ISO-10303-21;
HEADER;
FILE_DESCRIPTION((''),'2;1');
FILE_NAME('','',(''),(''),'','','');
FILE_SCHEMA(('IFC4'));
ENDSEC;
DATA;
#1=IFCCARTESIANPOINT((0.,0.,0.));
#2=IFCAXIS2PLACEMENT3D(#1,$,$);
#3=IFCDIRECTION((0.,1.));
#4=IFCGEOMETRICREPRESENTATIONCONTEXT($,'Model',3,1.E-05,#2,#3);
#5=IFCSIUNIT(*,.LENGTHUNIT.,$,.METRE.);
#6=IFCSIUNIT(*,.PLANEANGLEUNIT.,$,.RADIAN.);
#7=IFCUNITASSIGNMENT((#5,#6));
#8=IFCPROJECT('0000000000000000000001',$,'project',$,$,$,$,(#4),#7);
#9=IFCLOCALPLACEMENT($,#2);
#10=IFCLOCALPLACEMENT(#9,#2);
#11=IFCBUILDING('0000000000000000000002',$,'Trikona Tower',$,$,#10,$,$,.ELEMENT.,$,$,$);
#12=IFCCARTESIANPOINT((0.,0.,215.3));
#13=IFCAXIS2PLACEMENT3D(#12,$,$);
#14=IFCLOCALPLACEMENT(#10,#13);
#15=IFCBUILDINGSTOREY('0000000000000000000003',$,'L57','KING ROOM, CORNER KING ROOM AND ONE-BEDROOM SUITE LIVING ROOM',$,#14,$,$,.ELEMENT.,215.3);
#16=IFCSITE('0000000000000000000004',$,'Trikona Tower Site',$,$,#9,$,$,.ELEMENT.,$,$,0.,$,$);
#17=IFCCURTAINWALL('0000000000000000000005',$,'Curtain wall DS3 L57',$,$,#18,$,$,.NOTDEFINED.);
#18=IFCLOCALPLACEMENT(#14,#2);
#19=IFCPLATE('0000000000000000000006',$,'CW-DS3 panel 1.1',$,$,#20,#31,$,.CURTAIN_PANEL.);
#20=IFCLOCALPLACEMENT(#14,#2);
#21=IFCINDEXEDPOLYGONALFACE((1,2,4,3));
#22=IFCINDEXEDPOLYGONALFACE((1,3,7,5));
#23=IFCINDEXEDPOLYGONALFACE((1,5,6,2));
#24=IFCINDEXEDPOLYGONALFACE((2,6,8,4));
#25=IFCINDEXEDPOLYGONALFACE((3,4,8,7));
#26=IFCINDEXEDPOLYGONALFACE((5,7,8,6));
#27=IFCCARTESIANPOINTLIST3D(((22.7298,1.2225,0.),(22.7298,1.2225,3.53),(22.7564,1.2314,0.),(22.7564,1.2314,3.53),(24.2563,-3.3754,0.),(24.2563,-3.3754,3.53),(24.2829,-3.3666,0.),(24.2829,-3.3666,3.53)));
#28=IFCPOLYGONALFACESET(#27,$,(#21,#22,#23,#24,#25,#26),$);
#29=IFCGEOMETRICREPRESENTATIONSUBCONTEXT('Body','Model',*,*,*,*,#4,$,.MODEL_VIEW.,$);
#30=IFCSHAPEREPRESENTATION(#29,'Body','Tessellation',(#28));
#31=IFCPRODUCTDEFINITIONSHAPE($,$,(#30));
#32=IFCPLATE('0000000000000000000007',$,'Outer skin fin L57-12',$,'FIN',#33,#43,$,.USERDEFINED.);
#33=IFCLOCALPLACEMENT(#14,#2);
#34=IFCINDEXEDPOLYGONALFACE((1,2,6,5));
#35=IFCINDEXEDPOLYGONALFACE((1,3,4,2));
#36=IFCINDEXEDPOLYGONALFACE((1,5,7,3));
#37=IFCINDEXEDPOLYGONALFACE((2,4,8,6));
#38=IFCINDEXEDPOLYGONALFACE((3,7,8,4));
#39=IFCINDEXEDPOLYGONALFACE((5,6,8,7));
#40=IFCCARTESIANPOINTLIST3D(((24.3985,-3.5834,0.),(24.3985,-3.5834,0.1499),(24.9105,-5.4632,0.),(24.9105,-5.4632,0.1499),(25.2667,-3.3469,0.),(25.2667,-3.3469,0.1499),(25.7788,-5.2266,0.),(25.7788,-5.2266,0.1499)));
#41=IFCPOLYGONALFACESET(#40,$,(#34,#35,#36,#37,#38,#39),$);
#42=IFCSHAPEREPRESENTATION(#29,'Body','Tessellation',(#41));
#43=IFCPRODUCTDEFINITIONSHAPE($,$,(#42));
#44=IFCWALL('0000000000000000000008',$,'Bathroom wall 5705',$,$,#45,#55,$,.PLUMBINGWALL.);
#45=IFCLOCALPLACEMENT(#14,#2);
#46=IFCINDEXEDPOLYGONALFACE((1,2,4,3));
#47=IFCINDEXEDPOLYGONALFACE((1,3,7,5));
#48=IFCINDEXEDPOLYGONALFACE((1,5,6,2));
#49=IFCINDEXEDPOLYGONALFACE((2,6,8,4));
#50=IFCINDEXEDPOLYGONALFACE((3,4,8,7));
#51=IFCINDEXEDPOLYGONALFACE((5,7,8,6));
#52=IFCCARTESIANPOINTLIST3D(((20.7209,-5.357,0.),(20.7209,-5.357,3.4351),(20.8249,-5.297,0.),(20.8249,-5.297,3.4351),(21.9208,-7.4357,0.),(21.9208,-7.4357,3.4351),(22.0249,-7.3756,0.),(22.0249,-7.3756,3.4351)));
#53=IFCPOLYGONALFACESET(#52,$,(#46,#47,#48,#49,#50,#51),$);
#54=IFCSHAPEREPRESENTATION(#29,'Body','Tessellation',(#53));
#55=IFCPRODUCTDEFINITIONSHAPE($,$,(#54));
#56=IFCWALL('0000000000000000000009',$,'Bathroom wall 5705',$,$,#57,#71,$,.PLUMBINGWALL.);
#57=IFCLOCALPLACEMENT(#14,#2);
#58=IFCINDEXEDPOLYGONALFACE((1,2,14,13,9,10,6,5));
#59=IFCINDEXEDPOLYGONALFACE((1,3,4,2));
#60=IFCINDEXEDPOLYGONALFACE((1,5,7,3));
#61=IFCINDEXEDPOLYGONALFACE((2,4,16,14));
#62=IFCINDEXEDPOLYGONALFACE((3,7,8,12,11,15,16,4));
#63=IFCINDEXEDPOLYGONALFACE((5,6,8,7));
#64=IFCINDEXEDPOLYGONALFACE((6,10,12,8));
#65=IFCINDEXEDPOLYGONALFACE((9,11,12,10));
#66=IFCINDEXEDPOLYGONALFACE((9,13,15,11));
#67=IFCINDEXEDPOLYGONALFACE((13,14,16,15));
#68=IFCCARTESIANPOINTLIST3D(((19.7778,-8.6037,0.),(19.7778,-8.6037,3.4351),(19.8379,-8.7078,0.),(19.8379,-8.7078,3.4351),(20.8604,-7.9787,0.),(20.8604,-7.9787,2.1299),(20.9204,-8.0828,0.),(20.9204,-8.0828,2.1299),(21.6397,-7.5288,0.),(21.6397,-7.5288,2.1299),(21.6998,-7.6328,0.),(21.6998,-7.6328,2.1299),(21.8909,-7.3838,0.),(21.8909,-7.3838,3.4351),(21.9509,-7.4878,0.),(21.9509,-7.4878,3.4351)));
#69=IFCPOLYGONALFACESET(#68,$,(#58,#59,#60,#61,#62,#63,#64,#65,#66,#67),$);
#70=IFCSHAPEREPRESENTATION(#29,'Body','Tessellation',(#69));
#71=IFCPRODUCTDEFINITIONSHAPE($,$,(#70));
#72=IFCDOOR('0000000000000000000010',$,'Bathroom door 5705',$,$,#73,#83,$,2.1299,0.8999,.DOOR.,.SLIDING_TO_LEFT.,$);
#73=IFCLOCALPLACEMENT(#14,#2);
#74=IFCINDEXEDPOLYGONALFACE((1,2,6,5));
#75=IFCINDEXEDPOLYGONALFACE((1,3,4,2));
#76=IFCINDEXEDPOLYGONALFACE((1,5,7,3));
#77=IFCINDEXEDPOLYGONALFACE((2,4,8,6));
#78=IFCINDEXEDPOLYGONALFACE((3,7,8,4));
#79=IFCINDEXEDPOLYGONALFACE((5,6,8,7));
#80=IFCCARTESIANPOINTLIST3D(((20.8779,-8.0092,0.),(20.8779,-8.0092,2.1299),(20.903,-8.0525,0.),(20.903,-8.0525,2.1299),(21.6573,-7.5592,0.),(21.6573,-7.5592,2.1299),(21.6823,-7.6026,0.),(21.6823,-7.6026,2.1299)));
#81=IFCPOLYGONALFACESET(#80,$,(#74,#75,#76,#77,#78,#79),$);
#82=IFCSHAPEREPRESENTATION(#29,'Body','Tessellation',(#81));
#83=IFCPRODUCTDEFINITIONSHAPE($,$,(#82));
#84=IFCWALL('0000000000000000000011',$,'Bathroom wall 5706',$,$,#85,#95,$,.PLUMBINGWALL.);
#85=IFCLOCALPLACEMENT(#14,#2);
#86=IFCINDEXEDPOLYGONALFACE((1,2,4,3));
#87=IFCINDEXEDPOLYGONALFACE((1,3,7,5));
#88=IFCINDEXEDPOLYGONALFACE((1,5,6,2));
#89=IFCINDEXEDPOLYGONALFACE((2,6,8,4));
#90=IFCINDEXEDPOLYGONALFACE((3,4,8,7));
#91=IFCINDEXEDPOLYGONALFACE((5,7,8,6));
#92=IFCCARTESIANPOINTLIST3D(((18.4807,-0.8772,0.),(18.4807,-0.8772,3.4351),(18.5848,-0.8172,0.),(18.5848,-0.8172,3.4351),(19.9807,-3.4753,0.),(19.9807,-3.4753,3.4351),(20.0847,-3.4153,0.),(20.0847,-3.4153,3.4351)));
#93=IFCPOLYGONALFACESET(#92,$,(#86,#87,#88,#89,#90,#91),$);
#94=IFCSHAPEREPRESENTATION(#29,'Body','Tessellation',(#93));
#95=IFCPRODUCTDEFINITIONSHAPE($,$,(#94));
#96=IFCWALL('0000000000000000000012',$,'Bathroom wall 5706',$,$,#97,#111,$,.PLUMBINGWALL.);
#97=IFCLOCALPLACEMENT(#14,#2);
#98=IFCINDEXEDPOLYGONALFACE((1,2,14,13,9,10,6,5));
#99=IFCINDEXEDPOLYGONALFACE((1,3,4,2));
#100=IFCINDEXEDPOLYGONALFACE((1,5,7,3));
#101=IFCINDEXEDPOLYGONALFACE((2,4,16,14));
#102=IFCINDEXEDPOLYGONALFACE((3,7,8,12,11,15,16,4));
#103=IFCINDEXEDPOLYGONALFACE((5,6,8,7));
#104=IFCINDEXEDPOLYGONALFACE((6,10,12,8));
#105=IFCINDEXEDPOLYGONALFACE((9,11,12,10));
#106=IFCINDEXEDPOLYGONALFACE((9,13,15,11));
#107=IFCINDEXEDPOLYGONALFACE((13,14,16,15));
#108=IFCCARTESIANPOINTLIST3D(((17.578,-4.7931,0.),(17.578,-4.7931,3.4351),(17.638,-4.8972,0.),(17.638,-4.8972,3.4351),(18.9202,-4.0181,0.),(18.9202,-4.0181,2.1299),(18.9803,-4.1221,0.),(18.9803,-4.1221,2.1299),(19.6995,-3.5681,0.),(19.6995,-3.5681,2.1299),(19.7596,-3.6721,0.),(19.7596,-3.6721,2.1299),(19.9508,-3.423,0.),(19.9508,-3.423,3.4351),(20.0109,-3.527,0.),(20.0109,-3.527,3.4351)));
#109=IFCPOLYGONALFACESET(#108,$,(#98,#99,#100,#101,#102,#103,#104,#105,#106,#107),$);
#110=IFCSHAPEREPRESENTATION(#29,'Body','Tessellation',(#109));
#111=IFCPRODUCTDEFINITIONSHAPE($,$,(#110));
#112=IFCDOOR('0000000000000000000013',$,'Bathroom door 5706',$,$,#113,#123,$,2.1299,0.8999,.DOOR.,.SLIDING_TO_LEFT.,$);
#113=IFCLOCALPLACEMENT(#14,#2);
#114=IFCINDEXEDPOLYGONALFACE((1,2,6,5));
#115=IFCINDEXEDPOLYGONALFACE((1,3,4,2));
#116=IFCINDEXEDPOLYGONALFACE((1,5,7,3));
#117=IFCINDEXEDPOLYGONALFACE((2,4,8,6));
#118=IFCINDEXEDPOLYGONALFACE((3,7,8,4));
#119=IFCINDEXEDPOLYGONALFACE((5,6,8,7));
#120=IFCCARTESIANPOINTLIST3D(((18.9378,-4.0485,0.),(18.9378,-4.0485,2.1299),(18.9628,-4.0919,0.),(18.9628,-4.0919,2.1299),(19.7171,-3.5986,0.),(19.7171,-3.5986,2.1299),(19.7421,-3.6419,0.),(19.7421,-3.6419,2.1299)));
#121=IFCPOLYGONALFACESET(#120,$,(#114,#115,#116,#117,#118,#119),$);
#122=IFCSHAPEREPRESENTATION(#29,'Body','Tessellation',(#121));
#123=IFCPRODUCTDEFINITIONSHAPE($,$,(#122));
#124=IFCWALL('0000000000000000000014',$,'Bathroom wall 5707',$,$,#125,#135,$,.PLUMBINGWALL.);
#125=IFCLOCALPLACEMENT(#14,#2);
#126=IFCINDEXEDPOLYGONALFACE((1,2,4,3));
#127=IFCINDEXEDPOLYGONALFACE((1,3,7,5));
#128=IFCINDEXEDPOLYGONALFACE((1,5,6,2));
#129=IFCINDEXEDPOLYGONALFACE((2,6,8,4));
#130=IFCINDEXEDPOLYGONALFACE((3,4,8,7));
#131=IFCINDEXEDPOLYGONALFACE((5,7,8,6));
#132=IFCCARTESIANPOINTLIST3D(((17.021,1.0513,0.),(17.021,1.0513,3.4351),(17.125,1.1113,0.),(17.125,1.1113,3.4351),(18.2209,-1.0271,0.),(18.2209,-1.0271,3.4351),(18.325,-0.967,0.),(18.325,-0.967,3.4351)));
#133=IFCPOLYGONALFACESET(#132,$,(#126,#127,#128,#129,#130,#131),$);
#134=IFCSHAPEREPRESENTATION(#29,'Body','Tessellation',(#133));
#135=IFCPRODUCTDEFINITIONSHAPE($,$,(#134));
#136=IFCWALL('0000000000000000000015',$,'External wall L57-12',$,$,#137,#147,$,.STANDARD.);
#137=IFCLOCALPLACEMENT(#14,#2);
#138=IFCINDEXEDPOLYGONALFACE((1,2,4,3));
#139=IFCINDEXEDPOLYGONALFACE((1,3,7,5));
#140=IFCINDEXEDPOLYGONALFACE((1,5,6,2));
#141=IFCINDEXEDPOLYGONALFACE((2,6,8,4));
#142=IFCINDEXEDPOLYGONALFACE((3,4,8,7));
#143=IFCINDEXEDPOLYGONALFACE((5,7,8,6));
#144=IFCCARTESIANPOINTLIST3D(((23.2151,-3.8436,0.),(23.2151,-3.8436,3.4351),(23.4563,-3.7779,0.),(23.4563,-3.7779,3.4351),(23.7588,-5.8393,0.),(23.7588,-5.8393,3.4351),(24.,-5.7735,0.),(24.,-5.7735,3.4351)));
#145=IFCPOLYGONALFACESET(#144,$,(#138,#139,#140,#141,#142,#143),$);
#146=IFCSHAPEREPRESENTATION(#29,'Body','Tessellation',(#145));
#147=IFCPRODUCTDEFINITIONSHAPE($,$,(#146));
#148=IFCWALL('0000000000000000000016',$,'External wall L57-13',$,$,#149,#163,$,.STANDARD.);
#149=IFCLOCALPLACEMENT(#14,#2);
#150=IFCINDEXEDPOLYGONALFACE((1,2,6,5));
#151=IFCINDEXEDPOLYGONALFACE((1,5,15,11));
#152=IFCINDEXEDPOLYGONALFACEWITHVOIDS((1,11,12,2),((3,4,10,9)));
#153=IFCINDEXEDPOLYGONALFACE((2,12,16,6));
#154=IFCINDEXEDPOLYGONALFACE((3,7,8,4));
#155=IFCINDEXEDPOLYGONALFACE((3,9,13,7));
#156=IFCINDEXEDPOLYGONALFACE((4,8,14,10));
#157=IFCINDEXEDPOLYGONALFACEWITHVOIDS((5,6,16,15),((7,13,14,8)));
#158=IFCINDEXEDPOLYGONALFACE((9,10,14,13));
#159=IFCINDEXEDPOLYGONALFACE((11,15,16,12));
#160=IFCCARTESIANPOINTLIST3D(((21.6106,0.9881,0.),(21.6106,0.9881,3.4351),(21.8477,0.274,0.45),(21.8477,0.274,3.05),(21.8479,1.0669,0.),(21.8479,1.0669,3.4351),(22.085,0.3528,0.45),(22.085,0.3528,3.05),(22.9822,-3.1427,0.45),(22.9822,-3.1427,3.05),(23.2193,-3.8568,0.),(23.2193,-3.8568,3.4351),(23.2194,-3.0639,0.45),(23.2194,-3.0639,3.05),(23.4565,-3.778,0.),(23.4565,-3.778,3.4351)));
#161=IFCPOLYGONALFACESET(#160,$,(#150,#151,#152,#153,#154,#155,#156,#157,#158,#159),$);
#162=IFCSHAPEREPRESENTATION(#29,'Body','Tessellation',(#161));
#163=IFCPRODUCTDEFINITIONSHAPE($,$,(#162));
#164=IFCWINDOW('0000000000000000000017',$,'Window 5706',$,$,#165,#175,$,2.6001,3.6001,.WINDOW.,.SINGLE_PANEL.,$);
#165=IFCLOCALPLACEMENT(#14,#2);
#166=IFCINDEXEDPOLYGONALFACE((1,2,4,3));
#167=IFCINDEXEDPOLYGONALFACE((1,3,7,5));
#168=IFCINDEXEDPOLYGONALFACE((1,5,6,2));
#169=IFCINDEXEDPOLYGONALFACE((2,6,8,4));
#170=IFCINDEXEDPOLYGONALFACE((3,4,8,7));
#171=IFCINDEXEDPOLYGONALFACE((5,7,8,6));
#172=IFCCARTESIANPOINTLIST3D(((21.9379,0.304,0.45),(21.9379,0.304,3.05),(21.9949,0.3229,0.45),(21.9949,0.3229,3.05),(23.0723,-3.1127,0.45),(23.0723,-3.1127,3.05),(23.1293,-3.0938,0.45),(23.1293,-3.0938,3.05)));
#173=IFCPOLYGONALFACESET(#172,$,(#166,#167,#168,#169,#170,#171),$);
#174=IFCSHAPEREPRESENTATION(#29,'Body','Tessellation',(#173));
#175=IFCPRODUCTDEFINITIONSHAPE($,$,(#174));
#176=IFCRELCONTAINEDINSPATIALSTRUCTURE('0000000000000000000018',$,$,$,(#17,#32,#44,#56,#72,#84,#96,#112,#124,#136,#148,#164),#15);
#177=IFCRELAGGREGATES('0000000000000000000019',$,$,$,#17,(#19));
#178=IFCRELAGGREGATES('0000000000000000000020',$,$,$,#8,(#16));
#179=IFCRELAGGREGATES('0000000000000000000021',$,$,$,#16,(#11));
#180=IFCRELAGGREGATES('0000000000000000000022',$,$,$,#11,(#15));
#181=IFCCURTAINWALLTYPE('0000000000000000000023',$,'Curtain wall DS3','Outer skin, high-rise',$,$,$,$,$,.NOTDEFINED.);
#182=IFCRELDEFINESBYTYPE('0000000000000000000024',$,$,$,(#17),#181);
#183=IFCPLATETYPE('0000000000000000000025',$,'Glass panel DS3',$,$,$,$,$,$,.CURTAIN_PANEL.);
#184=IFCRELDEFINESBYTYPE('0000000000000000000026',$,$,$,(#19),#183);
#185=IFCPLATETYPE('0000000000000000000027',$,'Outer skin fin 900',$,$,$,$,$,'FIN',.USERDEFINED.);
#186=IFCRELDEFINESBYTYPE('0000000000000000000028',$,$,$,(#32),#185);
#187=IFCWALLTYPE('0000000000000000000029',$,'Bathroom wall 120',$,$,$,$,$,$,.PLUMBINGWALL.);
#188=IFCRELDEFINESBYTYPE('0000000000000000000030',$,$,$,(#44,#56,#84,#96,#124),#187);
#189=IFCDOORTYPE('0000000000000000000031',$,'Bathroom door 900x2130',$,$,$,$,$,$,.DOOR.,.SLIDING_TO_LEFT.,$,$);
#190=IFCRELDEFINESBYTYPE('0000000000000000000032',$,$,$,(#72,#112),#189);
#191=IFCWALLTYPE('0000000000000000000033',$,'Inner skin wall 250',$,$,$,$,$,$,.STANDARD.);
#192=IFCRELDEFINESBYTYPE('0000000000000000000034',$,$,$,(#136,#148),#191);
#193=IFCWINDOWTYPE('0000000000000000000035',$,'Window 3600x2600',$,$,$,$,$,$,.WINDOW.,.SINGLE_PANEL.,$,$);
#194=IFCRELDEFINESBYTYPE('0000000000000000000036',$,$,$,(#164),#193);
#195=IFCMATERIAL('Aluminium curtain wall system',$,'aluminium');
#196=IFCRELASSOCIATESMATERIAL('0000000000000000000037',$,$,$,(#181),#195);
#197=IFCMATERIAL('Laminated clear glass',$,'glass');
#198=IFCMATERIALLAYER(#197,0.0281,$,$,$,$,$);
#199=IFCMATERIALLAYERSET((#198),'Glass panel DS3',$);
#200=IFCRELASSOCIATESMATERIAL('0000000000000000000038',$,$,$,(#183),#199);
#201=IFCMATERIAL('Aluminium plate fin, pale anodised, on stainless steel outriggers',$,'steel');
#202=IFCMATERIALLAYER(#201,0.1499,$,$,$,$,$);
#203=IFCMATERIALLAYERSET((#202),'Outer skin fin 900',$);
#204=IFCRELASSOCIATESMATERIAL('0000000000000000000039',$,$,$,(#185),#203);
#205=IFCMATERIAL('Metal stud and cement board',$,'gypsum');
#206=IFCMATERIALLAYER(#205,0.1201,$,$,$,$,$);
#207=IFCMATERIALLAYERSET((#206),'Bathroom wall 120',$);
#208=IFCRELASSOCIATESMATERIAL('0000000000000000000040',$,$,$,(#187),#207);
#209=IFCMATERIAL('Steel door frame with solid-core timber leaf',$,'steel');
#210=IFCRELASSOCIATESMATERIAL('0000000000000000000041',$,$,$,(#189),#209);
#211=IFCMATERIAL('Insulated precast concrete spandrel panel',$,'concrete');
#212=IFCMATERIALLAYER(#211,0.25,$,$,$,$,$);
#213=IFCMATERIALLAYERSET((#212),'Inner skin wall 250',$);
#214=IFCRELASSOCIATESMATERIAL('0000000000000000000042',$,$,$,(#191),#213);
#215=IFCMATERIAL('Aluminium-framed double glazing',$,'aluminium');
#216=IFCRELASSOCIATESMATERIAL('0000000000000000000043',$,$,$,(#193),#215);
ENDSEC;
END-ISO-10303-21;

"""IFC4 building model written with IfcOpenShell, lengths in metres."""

from ifc_helpers import new_model, si_unit, direction, frame, frame_2d, origin, origin_2d, place, context, subcontext, project, spatial, rectangle, extrude, material, layer, layer_set, type_object, element, fill, aggregate, save


model = new_model("IFC4")

# Units and contexts
model_context = context("Model", 3, precision=1e-05, world=origin(), true_north=direction((0.0, 1.0)))
body_context = subcontext(model_context, "Body", "Model", "MODEL_VIEW")
ifc_project = project(units=[si_unit("LENGTHUNIT", "METRE"), si_unit("PLANEANGLEUNIT", "RADIAN")], contexts=[model_context])

# Site, building, storey
site_placement = place(None, origin())
site = spatial("IfcSite", under=ifc_project, at=site_placement, Name="Trikona Tower Site", CompositionType="ELEMENT", RefElevation=0.0)
building_placement = place(site_placement, origin())
building = spatial("IfcBuilding", under=site, at=building_placement, Name="Trikona Tower", CompositionType="ELEMENT")
storey_placement = place(building_placement, frame((0.0, 0.0, 215.3)))
storey = spatial("IfcBuildingStorey", under=building, at=storey_placement, Name="L57", Description="KING ROOM, CORNER KING ROOM AND ONE-BEDROOM SUITE LIVING ROOM", CompositionType="ELEMENT", Elevation=215.3)

# Shared definitions
ifc_material_1 = material(Name="Aluminium curtain wall system", Category="aluminium")
curtain_wall_type = type_object("IfcCurtainWallType", Name="Curtain wall DS3", Description="Outer skin, high-rise", PredefinedType="NOTDEFINED", material=ifc_material_1)

# Curtain wall
curtain_wall_1_placement = place(storey_placement, origin())
curtain_wall_1 = element("IfcCurtainWall", 1, at=curtain_wall_1_placement, inside=storey, type_object=curtain_wall_type, Name="Curtain wall DS3 L57", PredefinedType="NOTDEFINED")

# Plates
ifc_material_2 = material(Name="Laminated clear glass", Category="glass")
ifc_layer_1 = layer(ifc_material_2, 0.0281)
ifc_layer_set_1 = layer_set([ifc_layer_1], Name="Glass panel DS3")
plate_type_1 = type_object("IfcPlateType", Name="Glass panel DS3", PredefinedType="CURTAIN_PANEL", material=ifc_layer_set_1)
plate_1_placement = place(storey_placement, frame((23.5063, -1.072, 0.0), z_axis=(0.0, 0.0, 1.0), x_axis=(-0.315078, 0.949066, 0.0)))
plate_1 = element("IfcPlate", 2, at=plate_1_placement, type_object=plate_type_1, Name="CW-DS3 panel 1.1", PredefinedType="CURTAIN_PANEL", context=body_context, shape_type="SweptSolid", body=[
    extrude(rectangle(XDim=4.8447, YDim=0.0281, at=origin_2d()), origin(), (0.0, 0.0, 1.0), 3.53),
])
aggregate(curtain_wall_1, [plate_1])
ifc_material_3 = material(Name="Aluminium plate fin, pale anodised, on stainless steel outriggers", Category="steel")
ifc_layer_2 = layer(ifc_material_3, 0.1499)
ifc_layer_set_2 = layer_set([ifc_layer_2], Name="Outer skin fin 900")
plate_type_2 = type_object("IfcPlateType", Name="Outer skin fin 900", ElementType="FIN", PredefinedType="USERDEFINED", material=ifc_layer_set_2)
plate_2_placement = place(storey_placement, frame((25.0886, -4.405, 0.0), z_axis=(0.0, 0.0, 1.0), x_axis=(-0.262822, 0.964844, 0.0)))
element("IfcPlate", 3, at=plate_2_placement, inside=storey, type_object=plate_type_2, Name="Outer skin fin L57-12", ObjectType="FIN", PredefinedType="USERDEFINED", context=body_context, shape_type="SweptSolid", body=[
    extrude(rectangle(XDim=1.9482, YDim=0.8999, at=origin_2d()), origin(), (0.0, 0.0, 1.0), 0.1499),
])

# Wall
ifc_material_4 = material(Name="Metal stud and cement board", Category="gypsum")
ifc_layer_3 = layer(ifc_material_4, 0.1201)
ifc_layer_set_3 = layer_set([ifc_layer_3], Name="Bathroom wall 120")
wall_type_1 = type_object("IfcWallType", Name="Bathroom wall 120", PredefinedType="PLUMBINGWALL", material=ifc_layer_set_3)
wall_1_placement = place(storey_placement, frame((21.9729, -7.4058, 0.0), z_axis=(0.0, 0.0, 1.0), x_axis=(-0.499957, 0.86605, 0.0)))
element("IfcWall", 4, at=wall_1_placement, inside=storey, type_object=wall_type_1, Name="Bathroom wall 5705", PredefinedType="PLUMBINGWALL", context=body_context, shape_type="SweptSolid", body=[
    extrude(rectangle(XDim=2.4001, YDim=0.1201, at=frame_2d((1.2002, 0.0))), origin(), (0.0, 0.0, 1.0), 3.4351),
])

# Wall, opening, door
wall_2_placement = place(storey_placement, frame((19.8079, -8.6558, 0.0), z_axis=(0.0, 0.0, 1.0), x_axis=(0.866024, 0.500003, 0.0)))
wall_2 = element("IfcWall", 5, at=wall_2_placement, inside=storey, type_object=wall_type_1, Name="Bathroom wall 5705", PredefinedType="PLUMBINGWALL", context=body_context, shape_type="SweptSolid", body=[
    extrude(rectangle(XDim=2.4399, YDim=0.1201, at=frame_2d((1.22, 0.0))), origin(), (0.0, 0.0, 1.0), 3.4351),
])
opening_1_placement = place(wall_2_placement, frame((1.25, 0.0, 0.0)))
opening_1 = element("IfcOpeningElement", 6, at=opening_1_placement, cuts=wall_2, PredefinedType="OPENING", context=body_context, shape_type="SweptSolid", body=[
    extrude(rectangle(XDim=0.8999, YDim=2.1299, at=frame_2d((0.45, 1.0649))), frame((0.0, 0.0701, 0.0), z_axis=(0.0, -1.0, 0.0), x_axis=(1.0, 0.0, 0.0)), (0.0, 0.0, 1.0), 0.1401),
])
ifc_material_5 = material(Name="Steel door frame with solid-core timber leaf", Category="steel")
door_type = type_object("IfcDoorType", Name="Bathroom door 900x2130", OperationType="SLIDING_TO_LEFT", PredefinedType="DOOR", material=ifc_material_5)
door_1_placement = place(opening_1_placement, origin())
door_1 = element("IfcDoor", 7, at=door_1_placement, inside=storey, type_object=door_type, Name="Bathroom door 5705", OperationType="SLIDING_TO_LEFT", OverallHeight=2.1299, OverallWidth=0.8999, PredefinedType="DOOR", context=body_context, shape_type="SweptSolid", body=[
    extrude(rectangle(XDim=0.8999, YDim=2.1299, at=frame_2d((0.45, 1.0649))), frame((0.0, 0.0249, 0.0), z_axis=(0.0, -1.0, 0.0), x_axis=(1.0, 0.0, 0.0)), (0.0, 0.0, 1.0), 0.05),
])
fill(opening_1, door_1)

# Wall
wall_3_placement = place(storey_placement, frame((20.0327, -3.4453, 0.0), z_axis=(0.0, 0.0, 1.0), x_axis=(-0.49999, 0.866031, 0.0)))
element("IfcWall", 8, at=wall_3_placement, inside=storey, type_object=wall_type_1, Name="Bathroom wall 5706", PredefinedType="PLUMBINGWALL", context=body_context, shape_type="SweptSolid", body=[
    extrude(rectangle(XDim=3.0, YDim=0.1201, at=frame_2d((1.5, 0.0))), origin(), (0.0, 0.0, 1.0), 3.4351),
])

# Wall, opening, door
wall_4_placement = place(storey_placement, frame((17.6079, -4.8452, 0.0), z_axis=(0.0, 0.0, 1.0), x_axis=(0.865997, 0.500049, 0.0)))
wall_4 = element("IfcWall", 9, at=wall_4_placement, inside=storey, type_object=wall_type_1, Name="Bathroom wall 5706", PredefinedType="PLUMBINGWALL", context=body_context, shape_type="SweptSolid", body=[
    extrude(rectangle(XDim=2.74, YDim=0.1201, at=frame_2d((1.3701, 0.0))), origin(), (0.0, 0.0, 1.0), 3.4351),
])
opening_2_placement = place(wall_4_placement, frame((1.55, 0.0, 0.0)))
opening_2 = element("IfcOpeningElement", 10, at=opening_2_placement, cuts=wall_4, PredefinedType="OPENING", context=body_context, shape_type="SweptSolid", body=[
    extrude(rectangle(XDim=0.8999, YDim=2.1299, at=frame_2d((0.45, 1.0649))), frame((0.0, 0.0701, 0.0), z_axis=(0.0, -1.0, 0.0), x_axis=(1.0, 0.0, 0.0)), (0.0, 0.0, 1.0), 0.1401),
])
door_2_placement = place(opening_2_placement, origin())
door_2 = element("IfcDoor", 11, at=door_2_placement, inside=storey, type_object=door_type, Name="Bathroom door 5706", OperationType="SLIDING_TO_LEFT", OverallHeight=2.1299, OverallWidth=0.8999, PredefinedType="DOOR", context=body_context, shape_type="SweptSolid", body=[
    extrude(rectangle(XDim=0.8999, YDim=2.1299, at=frame_2d((0.45, 1.0649))), frame((0.0, 0.0249, 0.0), z_axis=(0.0, -1.0, 0.0), x_axis=(1.0, 0.0, 0.0)), (0.0, 0.0, 1.0), 0.05),
])
fill(opening_2, door_2)

# Walls
wall_5_placement = place(storey_placement, frame((18.2729, -0.9971, 0.0), z_axis=(0.0, 0.0, 1.0), x_axis=(-0.500001, 0.866025, 0.0)))
element("IfcWall", 12, at=wall_5_placement, inside=storey, type_object=wall_type_1, Name="Bathroom wall 5707", PredefinedType="PLUMBINGWALL", context=body_context, shape_type="SweptSolid", body=[
    extrude(rectangle(XDim=2.3999, YDim=0.1201, at=frame_2d((1.2, 0.0))), origin(), (0.0, 0.0, 1.0), 3.4351),
])
ifc_material_6 = material(Name="Insulated precast concrete spandrel panel", Category="concrete")
ifc_layer_4 = layer(ifc_material_6, 0.25)
ifc_layer_set_4 = layer_set([ifc_layer_4], Name="Inner skin wall 250")
wall_type_2 = type_object("IfcWallType", Name="Inner skin wall 250", PredefinedType="STANDARD", material=ifc_layer_set_4)
wall_6_placement = place(storey_placement, frame((23.8794, -5.8064, 0.0), z_axis=(0.0, 0.0, 1.0), x_axis=(-0.262868, 0.964832, 0.0)))
element("IfcWall", 13, at=wall_6_placement, inside=storey, type_object=wall_type_2, Name="External wall L57-12", PredefinedType="STANDARD", context=body_context, shape_type="SweptSolid", body=[
    extrude(rectangle(XDim=2.0684, YDim=0.25, at=frame_2d((1.0342, 0.0))), origin(), (0.0, 0.0, 1.0), 3.4351),
])

# Wall, opening, window
wall_7_placement = place(storey_placement, frame((23.3379, -3.8174, 0.0), z_axis=(0.0, 0.0, 1.0), x_axis=(-0.315108, 0.949056, 0.0)))
wall_7 = element("IfcWall", 14, at=wall_7_placement, inside=storey, type_object=wall_type_2, Name="External wall L57-13", PredefinedType="STANDARD", context=body_context, shape_type="SweptSolid", body=[
    extrude(rectangle(XDim=5.105, YDim=0.25, at=frame_2d((2.5525, 0.0))), origin(), (0.0, 0.0, 1.0), 3.4351),
])
opening_3_placement = place(wall_7_placement, frame((0.7524, 0.0, 0.45)))
opening_3 = element("IfcOpeningElement", 15, at=opening_3_placement, cuts=wall_7, PredefinedType="OPENING", context=body_context, shape_type="SweptSolid", body=[
    extrude(rectangle(XDim=3.6001, YDim=2.6001, at=frame_2d((1.8, 1.3))), frame((0.0, 0.135, 0.0), z_axis=(0.0, -1.0, 0.0), x_axis=(1.0, 0.0, 0.0)), (0.0, 0.0, 1.0), 0.27),
])
ifc_material_7 = material(Name="Aluminium-framed double glazing", Category="aluminium")
window_type = type_object("IfcWindowType", Name="Window 3600x2600", PartitioningType="SINGLE_PANEL", PredefinedType="WINDOW", material=ifc_material_7)
window_placement = place(opening_3_placement, origin())
window = element("IfcWindow", 16, at=window_placement, inside=storey, type_object=window_type, Name="Window 5706", OverallHeight=2.6001, OverallWidth=3.6001, PartitioningType="SINGLE_PANEL", PredefinedType="WINDOW", context=body_context, shape_type="SweptSolid", body=[
    extrude(rectangle(XDim=3.6001, YDim=2.6001, at=frame_2d((1.8, 1.3))), frame((0.0, 0.03, 0.0), z_axis=(0.0, -1.0, 0.0), x_axis=(1.0, 0.0, 0.0)), (0.0, 0.0, 1.0), 0.0601),
])
fill(opening_3, window)

save(model, "model.ifc")
